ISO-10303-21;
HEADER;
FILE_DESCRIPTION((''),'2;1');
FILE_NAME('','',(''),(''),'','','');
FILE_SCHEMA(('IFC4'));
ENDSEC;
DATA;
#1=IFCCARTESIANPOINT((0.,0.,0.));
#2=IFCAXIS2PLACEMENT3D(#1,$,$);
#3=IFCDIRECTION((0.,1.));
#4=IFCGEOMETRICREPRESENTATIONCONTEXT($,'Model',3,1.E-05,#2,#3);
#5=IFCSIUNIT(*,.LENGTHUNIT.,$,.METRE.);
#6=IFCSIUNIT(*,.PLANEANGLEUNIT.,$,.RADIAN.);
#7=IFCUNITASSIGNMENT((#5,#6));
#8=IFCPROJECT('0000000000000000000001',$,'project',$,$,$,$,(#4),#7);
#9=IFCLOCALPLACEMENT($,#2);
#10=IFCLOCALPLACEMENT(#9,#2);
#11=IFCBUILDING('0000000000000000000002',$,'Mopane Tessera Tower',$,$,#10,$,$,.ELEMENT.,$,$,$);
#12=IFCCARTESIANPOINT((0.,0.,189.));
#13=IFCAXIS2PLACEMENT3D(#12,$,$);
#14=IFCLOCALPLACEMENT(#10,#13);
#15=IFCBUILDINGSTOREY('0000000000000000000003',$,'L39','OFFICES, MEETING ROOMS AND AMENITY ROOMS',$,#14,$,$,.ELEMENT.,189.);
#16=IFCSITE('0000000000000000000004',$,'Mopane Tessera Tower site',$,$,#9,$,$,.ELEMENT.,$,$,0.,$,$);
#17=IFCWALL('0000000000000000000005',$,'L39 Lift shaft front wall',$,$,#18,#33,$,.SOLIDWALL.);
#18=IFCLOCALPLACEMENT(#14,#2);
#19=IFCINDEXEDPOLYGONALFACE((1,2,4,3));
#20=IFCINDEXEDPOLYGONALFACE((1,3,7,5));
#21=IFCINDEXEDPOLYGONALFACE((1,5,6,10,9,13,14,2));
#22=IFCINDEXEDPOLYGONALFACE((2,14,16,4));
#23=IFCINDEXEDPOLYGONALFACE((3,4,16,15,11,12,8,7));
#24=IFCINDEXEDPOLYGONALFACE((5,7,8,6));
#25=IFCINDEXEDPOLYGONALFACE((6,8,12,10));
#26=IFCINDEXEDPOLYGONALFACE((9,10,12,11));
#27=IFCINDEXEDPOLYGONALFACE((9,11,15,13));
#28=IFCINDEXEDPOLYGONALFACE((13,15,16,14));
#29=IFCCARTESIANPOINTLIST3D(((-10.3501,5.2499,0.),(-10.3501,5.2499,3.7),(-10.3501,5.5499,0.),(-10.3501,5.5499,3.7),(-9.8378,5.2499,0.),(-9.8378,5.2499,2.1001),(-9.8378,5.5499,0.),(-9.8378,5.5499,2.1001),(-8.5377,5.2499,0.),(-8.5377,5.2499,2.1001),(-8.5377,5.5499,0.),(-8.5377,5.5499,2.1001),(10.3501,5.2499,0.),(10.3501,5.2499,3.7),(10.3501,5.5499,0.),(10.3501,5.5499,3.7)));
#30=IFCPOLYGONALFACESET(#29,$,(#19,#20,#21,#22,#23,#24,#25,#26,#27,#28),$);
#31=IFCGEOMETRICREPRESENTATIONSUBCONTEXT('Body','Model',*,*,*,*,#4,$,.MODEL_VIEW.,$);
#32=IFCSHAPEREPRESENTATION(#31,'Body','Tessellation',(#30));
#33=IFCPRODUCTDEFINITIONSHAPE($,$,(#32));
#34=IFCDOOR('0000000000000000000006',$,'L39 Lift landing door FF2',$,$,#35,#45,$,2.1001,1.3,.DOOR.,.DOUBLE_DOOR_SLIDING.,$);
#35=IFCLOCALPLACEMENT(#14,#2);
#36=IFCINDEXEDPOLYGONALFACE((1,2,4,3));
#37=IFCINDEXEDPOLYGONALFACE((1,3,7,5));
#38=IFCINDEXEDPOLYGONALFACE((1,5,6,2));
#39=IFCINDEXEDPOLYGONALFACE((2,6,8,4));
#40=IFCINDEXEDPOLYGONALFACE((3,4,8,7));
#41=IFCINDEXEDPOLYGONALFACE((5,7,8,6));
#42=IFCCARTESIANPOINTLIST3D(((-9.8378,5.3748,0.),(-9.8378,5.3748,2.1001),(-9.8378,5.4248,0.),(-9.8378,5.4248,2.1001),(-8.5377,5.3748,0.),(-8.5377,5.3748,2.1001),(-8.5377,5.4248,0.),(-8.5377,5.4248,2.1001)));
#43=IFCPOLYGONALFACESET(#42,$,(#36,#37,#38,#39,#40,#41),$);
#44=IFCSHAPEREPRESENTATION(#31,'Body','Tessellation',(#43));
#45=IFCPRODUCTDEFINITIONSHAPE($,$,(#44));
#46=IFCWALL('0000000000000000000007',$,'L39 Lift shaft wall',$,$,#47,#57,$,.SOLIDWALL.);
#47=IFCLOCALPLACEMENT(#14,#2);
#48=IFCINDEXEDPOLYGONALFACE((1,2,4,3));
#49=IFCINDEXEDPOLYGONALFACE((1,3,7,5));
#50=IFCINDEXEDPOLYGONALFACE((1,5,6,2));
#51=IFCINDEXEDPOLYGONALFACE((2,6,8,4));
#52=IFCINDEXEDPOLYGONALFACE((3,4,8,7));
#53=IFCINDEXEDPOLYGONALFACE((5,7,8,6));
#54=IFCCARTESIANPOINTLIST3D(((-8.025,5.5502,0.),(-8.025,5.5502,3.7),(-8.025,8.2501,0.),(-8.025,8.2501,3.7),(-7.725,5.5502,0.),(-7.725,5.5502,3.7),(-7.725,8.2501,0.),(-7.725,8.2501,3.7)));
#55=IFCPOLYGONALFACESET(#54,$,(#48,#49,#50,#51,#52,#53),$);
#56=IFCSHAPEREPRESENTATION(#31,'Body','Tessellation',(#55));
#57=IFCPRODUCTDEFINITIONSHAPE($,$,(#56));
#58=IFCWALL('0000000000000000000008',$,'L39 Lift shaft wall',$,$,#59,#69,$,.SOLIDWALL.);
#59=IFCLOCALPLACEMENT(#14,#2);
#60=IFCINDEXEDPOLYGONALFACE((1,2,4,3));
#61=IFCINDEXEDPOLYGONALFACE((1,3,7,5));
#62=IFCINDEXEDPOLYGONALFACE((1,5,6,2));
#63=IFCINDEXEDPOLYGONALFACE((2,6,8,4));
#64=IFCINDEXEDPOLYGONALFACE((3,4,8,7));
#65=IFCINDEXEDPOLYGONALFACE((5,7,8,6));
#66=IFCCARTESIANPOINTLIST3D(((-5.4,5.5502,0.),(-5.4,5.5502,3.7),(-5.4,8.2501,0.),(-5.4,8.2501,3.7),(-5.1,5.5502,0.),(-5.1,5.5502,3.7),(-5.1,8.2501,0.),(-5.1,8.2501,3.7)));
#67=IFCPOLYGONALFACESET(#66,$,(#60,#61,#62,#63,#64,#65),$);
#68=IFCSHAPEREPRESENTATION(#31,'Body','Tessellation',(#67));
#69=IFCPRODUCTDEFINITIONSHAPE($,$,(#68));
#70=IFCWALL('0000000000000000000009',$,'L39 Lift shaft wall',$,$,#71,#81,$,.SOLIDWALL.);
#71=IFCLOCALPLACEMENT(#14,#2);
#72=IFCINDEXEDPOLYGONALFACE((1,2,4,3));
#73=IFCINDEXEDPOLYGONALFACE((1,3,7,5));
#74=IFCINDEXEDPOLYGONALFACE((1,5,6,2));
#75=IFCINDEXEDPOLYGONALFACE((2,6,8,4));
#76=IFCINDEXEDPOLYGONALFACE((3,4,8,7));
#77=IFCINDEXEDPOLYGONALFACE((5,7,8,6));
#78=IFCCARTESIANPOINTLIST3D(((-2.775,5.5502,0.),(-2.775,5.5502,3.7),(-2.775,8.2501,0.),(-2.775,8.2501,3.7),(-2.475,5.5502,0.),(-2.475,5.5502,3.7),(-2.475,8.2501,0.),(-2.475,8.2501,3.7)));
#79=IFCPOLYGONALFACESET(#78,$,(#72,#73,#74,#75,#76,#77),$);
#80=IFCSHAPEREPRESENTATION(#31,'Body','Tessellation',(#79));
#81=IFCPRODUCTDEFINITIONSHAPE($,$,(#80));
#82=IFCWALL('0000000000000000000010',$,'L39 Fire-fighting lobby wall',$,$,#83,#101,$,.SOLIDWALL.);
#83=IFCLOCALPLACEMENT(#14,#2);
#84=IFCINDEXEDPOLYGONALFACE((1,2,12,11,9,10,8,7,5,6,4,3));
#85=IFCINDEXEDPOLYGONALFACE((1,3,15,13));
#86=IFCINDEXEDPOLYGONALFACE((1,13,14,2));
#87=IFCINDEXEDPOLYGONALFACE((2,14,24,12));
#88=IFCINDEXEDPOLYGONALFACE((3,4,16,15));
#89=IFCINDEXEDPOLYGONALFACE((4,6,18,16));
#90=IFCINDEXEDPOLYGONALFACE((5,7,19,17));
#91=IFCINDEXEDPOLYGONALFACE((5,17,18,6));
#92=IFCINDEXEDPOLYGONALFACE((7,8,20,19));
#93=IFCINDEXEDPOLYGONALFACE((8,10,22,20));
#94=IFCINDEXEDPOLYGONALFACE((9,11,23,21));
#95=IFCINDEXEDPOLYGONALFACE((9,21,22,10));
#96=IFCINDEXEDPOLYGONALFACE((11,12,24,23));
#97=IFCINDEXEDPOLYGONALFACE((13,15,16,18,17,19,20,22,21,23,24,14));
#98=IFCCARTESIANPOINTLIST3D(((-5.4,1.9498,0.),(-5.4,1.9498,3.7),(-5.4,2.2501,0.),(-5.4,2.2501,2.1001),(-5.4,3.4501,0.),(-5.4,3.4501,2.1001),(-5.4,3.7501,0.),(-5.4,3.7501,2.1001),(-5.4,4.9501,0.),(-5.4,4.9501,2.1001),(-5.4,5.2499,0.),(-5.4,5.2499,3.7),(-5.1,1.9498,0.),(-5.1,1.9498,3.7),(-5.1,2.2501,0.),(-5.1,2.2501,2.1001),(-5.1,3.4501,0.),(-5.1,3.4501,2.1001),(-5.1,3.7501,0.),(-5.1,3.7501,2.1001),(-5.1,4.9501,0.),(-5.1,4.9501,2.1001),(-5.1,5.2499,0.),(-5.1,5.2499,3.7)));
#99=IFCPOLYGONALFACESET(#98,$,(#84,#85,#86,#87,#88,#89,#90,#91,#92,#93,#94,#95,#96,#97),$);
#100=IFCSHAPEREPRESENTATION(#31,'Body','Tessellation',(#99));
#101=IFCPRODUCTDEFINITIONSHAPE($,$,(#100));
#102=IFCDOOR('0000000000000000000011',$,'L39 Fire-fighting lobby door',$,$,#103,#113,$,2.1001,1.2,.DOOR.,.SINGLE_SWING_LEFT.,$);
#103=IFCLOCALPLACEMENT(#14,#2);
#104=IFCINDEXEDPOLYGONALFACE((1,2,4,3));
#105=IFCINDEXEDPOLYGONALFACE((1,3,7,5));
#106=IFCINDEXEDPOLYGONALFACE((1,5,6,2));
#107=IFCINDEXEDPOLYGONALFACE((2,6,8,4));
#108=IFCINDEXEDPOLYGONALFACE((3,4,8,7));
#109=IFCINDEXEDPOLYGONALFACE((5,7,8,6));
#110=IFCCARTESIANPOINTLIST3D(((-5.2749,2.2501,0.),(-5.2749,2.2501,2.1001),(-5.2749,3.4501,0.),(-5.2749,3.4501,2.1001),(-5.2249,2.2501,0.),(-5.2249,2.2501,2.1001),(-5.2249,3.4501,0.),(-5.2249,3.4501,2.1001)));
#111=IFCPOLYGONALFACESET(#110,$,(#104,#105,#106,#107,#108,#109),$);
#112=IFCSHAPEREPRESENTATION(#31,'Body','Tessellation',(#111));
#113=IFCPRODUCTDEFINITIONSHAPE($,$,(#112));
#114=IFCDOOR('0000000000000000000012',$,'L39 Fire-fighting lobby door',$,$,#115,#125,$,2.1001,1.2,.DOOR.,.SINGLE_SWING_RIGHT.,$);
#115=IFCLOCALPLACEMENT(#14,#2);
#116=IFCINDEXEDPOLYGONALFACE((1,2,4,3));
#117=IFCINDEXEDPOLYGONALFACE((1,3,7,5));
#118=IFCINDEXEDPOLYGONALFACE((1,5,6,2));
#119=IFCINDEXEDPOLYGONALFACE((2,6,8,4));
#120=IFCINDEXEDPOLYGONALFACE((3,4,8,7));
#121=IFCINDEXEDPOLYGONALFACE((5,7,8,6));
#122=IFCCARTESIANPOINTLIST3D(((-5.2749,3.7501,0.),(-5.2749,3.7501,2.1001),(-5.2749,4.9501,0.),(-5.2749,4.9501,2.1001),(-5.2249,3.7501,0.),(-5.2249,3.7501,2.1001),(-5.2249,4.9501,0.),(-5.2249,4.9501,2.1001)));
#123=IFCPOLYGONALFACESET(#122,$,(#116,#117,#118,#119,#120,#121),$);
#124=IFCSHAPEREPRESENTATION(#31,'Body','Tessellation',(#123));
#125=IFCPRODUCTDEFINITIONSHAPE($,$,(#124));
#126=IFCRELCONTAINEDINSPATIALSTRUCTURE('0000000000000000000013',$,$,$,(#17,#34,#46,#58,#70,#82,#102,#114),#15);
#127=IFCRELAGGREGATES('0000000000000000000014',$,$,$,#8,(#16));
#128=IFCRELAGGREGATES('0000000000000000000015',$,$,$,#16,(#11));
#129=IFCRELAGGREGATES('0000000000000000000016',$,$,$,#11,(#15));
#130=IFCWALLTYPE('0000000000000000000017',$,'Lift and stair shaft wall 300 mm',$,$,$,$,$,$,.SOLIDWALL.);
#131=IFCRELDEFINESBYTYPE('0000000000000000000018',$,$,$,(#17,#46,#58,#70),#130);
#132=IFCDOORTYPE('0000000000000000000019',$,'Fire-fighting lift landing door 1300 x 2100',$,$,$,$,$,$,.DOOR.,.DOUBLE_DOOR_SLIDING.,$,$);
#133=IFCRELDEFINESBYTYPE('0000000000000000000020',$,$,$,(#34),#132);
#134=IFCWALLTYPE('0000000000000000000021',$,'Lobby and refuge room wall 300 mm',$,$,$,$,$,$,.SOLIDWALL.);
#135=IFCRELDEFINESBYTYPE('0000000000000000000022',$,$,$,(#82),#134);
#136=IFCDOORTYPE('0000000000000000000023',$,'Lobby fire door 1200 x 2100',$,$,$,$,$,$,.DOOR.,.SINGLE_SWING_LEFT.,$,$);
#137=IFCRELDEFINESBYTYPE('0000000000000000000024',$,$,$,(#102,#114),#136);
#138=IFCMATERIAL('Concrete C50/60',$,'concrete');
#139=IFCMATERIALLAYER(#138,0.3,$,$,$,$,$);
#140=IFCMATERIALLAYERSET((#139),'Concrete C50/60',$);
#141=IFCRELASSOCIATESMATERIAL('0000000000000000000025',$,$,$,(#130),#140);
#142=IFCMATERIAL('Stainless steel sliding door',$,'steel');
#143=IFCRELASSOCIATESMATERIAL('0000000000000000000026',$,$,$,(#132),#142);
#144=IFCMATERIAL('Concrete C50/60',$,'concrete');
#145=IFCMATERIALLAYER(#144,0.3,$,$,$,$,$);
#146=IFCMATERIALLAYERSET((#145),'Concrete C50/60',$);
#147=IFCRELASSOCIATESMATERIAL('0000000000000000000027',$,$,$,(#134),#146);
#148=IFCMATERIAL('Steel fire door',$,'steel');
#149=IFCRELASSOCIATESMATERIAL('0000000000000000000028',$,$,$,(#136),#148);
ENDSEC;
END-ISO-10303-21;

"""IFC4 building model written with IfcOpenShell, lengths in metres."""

from ifc_helpers import new_model, si_unit, direction, frame, frame_2d, origin, place, context, subcontext, project, spatial, rectangle, extrude, material, layer, layer_set, type_object, element, fill, save


model = new_model("IFC4")

# Units and contexts
model_context = context("Model", 3, precision=1e-05, world=origin(), true_north=direction((0.0, 1.0)))
body_context = subcontext(model_context, "Body", "Model", "MODEL_VIEW")
ifc_project = project(units=[si_unit("LENGTHUNIT", "METRE"), si_unit("PLANEANGLEUNIT", "RADIAN")], contexts=[model_context])

# Site, building, storey
site_placement = place(None, origin())
site = spatial("IfcSite", under=ifc_project, at=site_placement, Name="Mopane Tessera Tower site", CompositionType="ELEMENT", RefElevation=0.0)
building_placement = place(site_placement, origin())
building = spatial("IfcBuilding", under=site, at=building_placement, Name="Mopane Tessera Tower", CompositionType="ELEMENT")
storey_placement = place(building_placement, frame((0.0, 0.0, 189.0)))
storey = spatial("IfcBuildingStorey", under=building, at=storey_placement, Name="L39", Description="OFFICES, MEETING ROOMS AND AMENITY ROOMS", CompositionType="ELEMENT", Elevation=189.0)

# Shared definitions
ifc_material_1 = material(Name="Concrete C50/60", Category="concrete")
ifc_layer_1 = layer(ifc_material_1, 0.3)
ifc_layer_set_1 = layer_set([ifc_layer_1], Name="Concrete C50/60")
wall_type_1 = type_object("IfcWallType", Name="Lift and stair shaft wall 300 mm", PredefinedType="SOLIDWALL", material=ifc_layer_set_1)
ifc_material_2 = material(Name="Stainless steel sliding door", Category="steel")
door_type_1 = type_object("IfcDoorType", Name="Fire-fighting lift landing door 1300 x 2100", OperationType="DOUBLE_DOOR_SLIDING", PredefinedType="DOOR", material=ifc_material_2)

# Wall, opening, door
wall_1_placement = place(storey_placement, frame((-10.3501, 5.3999, 0.0), z_axis=(0.0, 0.0, 1.0), x_axis=(1.0, 0.0, 0.0)))
wall_1 = element("IfcWall", 1, at=wall_1_placement, inside=storey, type_object=wall_type_1, Name="L39 Lift shaft front wall", PredefinedType="SOLIDWALL", context=body_context, shape_type="SweptSolid", body=[
    extrude(rectangle(XDim=20.7002, YDim=0.3, at=frame_2d((10.3501, 0.0))), origin(), (0.0, 0.0, 1.0), 3.7),
])
opening_1_placement = place(wall_1_placement, frame((0.5125, 0.0, 0.0)))
opening_1 = element("IfcOpeningElement", 2, at=opening_1_placement, cuts=wall_1, PredefinedType="OPENING", context=body_context, shape_type="SweptSolid", body=[
    extrude(rectangle(XDim=1.3, YDim=2.1001, at=frame_2d((0.6499, 1.05))), frame((0.0, 0.1621, 0.0), z_axis=(0.0, -1.0, 0.0), x_axis=(1.0, 0.0, 0.0)), (0.0, 0.0, 1.0), 0.324),
])
door_1_placement = place(opening_1_placement, origin())
door_1 = element("IfcDoor", 3, at=door_1_placement, inside=storey, type_object=door_type_1, Name="L39 Lift landing door FF2", OperationType="DOUBLE_DOOR_SLIDING", OverallHeight=2.1001, OverallWidth=1.3, PredefinedType="DOOR", context=body_context, shape_type="SweptSolid", body=[
    extrude(rectangle(XDim=1.3, YDim=2.1001, at=frame_2d((0.6499, 1.05))), frame((0.0, 0.0249, 0.0), z_axis=(0.0, -1.0, 0.0), x_axis=(1.0, 0.0, 0.0)), (0.0, 0.0, 1.0), 0.05),
])
fill(opening_1, door_1)

# Walls
for number, where, z_axis, x_axis, name in (
    (4, (-7.875, 5.55, 0.0), (0.0, 0.0, 1.0), (0.0, 1.0, 0.0), "L39 Lift shaft wall"),
    (5, (-5.25, 5.55, 0.0), (0.0, 0.0, 1.0), (0.0, 1.0, 0.0), "L39 Lift shaft wall"),
    (6, (-2.625, 5.55, 0.0), (0.0, 0.0, 1.0), (0.0, 1.0, 0.0), "L39 Lift shaft wall"),
):
    element("IfcWall", number, at=place(storey_placement, frame(where, z_axis=z_axis, x_axis=x_axis)), inside=storey, type_object=wall_type_1, Name=name, PredefinedType="SOLIDWALL", context=body_context, shape_type="SweptSolid", body=[
        extrude(rectangle(XDim=2.7, YDim=0.3, at=frame_2d((1.3501, 0.0))), origin(), (0.0, 0.0, 1.0), 3.7),
    ])

# Wall, openings, doors
ifc_material_3 = material(Name="Concrete C50/60", Category="concrete")
ifc_layer_2 = layer(ifc_material_3, 0.3)
ifc_layer_set_2 = layer_set([ifc_layer_2], Name="Concrete C50/60")
wall_type_2 = type_object("IfcWallType", Name="Lobby and refuge room wall 300 mm", PredefinedType="SOLIDWALL", material=ifc_layer_set_2)
wall_2_placement = place(storey_placement, frame((-5.25, 1.95, 0.0), z_axis=(0.0, 0.0, 1.0), x_axis=(0.0, 1.0, 0.0)))
wall_2 = element("IfcWall", 7, at=wall_2_placement, inside=storey, type_object=wall_type_2, Name="L39 Fire-fighting lobby wall", PredefinedType="SOLIDWALL", context=body_context, shape_type="SweptSolid", body=[
    extrude(rectangle(XDim=3.3, YDim=0.3, at=frame_2d((1.6499, 0.0))), origin(), (0.0, 0.0, 1.0), 3.7),
])
opening_2_placement = place(wall_2_placement, frame((0.3, 0.0, 0.0)))
opening_2 = element("IfcOpeningElement", 8, at=opening_2_placement, cuts=wall_2, PredefinedType="OPENING", context=body_context, shape_type="SweptSolid", body=[
    extrude(rectangle(XDim=1.2, YDim=2.1001, at=frame_2d((0.6001, 1.05))), frame((0.0, 0.1621, 0.0), z_axis=(0.0, -1.0, 0.0), x_axis=(1.0, 0.0, 0.0)), (0.0, 0.0, 1.0), 0.324),
])
opening_3_placement = place(wall_2_placement, frame((1.8, 0.0, 0.0)))
opening_3 = element("IfcOpeningElement", 9, at=opening_3_placement, cuts=wall_2, PredefinedType="OPENING", context=body_context, shape_type="SweptSolid", body=[
    extrude(rectangle(XDim=1.2, YDim=2.1001, at=frame_2d((0.6001, 1.05))), frame((0.0, 0.1621, 0.0), z_axis=(0.0, -1.0, 0.0), x_axis=(1.0, 0.0, 0.0)), (0.0, 0.0, 1.0), 0.324),
])
ifc_material_4 = material(Name="Steel fire door", Category="steel")
door_type_2 = type_object("IfcDoorType", Name="Lobby fire door 1200 x 2100", OperationType="SINGLE_SWING_LEFT", PredefinedType="DOOR", material=ifc_material_4)
door_2_placement = place(opening_2_placement, origin())
door_2 = element("IfcDoor", 10, at=door_2_placement, inside=storey, type_object=door_type_2, Name="L39 Fire-fighting lobby door", OperationType="SINGLE_SWING_LEFT", OverallHeight=2.1001, OverallWidth=1.2, PredefinedType="DOOR", context=body_context, shape_type="SweptSolid", body=[
    extrude(rectangle(XDim=1.2, YDim=2.1001, at=frame_2d((0.6001, 1.05))), frame((0.0, 0.0249, 0.0), z_axis=(0.0, -1.0, 0.0), x_axis=(1.0, 0.0, 0.0)), (0.0, 0.0, 1.0), 0.05),
])
fill(opening_2, door_2)
door_3_placement = place(opening_3_placement, origin())
door_3 = element("IfcDoor", 11, at=door_3_placement, inside=storey, type_object=door_type_2, Name="L39 Fire-fighting lobby door", OperationType="SINGLE_SWING_RIGHT", OverallHeight=2.1001, OverallWidth=1.2, PredefinedType="DOOR", context=body_context, shape_type="SweptSolid", body=[
    extrude(rectangle(XDim=1.2, YDim=2.1001, at=frame_2d((0.6001, 1.05))), frame((0.0, 0.0249, 0.0), z_axis=(0.0, -1.0, 0.0), x_axis=(1.0, 0.0, 0.0)), (0.0, 0.0, 1.0), 0.05),
])
fill(opening_3, door_3)

save(model, "model.ifc")
